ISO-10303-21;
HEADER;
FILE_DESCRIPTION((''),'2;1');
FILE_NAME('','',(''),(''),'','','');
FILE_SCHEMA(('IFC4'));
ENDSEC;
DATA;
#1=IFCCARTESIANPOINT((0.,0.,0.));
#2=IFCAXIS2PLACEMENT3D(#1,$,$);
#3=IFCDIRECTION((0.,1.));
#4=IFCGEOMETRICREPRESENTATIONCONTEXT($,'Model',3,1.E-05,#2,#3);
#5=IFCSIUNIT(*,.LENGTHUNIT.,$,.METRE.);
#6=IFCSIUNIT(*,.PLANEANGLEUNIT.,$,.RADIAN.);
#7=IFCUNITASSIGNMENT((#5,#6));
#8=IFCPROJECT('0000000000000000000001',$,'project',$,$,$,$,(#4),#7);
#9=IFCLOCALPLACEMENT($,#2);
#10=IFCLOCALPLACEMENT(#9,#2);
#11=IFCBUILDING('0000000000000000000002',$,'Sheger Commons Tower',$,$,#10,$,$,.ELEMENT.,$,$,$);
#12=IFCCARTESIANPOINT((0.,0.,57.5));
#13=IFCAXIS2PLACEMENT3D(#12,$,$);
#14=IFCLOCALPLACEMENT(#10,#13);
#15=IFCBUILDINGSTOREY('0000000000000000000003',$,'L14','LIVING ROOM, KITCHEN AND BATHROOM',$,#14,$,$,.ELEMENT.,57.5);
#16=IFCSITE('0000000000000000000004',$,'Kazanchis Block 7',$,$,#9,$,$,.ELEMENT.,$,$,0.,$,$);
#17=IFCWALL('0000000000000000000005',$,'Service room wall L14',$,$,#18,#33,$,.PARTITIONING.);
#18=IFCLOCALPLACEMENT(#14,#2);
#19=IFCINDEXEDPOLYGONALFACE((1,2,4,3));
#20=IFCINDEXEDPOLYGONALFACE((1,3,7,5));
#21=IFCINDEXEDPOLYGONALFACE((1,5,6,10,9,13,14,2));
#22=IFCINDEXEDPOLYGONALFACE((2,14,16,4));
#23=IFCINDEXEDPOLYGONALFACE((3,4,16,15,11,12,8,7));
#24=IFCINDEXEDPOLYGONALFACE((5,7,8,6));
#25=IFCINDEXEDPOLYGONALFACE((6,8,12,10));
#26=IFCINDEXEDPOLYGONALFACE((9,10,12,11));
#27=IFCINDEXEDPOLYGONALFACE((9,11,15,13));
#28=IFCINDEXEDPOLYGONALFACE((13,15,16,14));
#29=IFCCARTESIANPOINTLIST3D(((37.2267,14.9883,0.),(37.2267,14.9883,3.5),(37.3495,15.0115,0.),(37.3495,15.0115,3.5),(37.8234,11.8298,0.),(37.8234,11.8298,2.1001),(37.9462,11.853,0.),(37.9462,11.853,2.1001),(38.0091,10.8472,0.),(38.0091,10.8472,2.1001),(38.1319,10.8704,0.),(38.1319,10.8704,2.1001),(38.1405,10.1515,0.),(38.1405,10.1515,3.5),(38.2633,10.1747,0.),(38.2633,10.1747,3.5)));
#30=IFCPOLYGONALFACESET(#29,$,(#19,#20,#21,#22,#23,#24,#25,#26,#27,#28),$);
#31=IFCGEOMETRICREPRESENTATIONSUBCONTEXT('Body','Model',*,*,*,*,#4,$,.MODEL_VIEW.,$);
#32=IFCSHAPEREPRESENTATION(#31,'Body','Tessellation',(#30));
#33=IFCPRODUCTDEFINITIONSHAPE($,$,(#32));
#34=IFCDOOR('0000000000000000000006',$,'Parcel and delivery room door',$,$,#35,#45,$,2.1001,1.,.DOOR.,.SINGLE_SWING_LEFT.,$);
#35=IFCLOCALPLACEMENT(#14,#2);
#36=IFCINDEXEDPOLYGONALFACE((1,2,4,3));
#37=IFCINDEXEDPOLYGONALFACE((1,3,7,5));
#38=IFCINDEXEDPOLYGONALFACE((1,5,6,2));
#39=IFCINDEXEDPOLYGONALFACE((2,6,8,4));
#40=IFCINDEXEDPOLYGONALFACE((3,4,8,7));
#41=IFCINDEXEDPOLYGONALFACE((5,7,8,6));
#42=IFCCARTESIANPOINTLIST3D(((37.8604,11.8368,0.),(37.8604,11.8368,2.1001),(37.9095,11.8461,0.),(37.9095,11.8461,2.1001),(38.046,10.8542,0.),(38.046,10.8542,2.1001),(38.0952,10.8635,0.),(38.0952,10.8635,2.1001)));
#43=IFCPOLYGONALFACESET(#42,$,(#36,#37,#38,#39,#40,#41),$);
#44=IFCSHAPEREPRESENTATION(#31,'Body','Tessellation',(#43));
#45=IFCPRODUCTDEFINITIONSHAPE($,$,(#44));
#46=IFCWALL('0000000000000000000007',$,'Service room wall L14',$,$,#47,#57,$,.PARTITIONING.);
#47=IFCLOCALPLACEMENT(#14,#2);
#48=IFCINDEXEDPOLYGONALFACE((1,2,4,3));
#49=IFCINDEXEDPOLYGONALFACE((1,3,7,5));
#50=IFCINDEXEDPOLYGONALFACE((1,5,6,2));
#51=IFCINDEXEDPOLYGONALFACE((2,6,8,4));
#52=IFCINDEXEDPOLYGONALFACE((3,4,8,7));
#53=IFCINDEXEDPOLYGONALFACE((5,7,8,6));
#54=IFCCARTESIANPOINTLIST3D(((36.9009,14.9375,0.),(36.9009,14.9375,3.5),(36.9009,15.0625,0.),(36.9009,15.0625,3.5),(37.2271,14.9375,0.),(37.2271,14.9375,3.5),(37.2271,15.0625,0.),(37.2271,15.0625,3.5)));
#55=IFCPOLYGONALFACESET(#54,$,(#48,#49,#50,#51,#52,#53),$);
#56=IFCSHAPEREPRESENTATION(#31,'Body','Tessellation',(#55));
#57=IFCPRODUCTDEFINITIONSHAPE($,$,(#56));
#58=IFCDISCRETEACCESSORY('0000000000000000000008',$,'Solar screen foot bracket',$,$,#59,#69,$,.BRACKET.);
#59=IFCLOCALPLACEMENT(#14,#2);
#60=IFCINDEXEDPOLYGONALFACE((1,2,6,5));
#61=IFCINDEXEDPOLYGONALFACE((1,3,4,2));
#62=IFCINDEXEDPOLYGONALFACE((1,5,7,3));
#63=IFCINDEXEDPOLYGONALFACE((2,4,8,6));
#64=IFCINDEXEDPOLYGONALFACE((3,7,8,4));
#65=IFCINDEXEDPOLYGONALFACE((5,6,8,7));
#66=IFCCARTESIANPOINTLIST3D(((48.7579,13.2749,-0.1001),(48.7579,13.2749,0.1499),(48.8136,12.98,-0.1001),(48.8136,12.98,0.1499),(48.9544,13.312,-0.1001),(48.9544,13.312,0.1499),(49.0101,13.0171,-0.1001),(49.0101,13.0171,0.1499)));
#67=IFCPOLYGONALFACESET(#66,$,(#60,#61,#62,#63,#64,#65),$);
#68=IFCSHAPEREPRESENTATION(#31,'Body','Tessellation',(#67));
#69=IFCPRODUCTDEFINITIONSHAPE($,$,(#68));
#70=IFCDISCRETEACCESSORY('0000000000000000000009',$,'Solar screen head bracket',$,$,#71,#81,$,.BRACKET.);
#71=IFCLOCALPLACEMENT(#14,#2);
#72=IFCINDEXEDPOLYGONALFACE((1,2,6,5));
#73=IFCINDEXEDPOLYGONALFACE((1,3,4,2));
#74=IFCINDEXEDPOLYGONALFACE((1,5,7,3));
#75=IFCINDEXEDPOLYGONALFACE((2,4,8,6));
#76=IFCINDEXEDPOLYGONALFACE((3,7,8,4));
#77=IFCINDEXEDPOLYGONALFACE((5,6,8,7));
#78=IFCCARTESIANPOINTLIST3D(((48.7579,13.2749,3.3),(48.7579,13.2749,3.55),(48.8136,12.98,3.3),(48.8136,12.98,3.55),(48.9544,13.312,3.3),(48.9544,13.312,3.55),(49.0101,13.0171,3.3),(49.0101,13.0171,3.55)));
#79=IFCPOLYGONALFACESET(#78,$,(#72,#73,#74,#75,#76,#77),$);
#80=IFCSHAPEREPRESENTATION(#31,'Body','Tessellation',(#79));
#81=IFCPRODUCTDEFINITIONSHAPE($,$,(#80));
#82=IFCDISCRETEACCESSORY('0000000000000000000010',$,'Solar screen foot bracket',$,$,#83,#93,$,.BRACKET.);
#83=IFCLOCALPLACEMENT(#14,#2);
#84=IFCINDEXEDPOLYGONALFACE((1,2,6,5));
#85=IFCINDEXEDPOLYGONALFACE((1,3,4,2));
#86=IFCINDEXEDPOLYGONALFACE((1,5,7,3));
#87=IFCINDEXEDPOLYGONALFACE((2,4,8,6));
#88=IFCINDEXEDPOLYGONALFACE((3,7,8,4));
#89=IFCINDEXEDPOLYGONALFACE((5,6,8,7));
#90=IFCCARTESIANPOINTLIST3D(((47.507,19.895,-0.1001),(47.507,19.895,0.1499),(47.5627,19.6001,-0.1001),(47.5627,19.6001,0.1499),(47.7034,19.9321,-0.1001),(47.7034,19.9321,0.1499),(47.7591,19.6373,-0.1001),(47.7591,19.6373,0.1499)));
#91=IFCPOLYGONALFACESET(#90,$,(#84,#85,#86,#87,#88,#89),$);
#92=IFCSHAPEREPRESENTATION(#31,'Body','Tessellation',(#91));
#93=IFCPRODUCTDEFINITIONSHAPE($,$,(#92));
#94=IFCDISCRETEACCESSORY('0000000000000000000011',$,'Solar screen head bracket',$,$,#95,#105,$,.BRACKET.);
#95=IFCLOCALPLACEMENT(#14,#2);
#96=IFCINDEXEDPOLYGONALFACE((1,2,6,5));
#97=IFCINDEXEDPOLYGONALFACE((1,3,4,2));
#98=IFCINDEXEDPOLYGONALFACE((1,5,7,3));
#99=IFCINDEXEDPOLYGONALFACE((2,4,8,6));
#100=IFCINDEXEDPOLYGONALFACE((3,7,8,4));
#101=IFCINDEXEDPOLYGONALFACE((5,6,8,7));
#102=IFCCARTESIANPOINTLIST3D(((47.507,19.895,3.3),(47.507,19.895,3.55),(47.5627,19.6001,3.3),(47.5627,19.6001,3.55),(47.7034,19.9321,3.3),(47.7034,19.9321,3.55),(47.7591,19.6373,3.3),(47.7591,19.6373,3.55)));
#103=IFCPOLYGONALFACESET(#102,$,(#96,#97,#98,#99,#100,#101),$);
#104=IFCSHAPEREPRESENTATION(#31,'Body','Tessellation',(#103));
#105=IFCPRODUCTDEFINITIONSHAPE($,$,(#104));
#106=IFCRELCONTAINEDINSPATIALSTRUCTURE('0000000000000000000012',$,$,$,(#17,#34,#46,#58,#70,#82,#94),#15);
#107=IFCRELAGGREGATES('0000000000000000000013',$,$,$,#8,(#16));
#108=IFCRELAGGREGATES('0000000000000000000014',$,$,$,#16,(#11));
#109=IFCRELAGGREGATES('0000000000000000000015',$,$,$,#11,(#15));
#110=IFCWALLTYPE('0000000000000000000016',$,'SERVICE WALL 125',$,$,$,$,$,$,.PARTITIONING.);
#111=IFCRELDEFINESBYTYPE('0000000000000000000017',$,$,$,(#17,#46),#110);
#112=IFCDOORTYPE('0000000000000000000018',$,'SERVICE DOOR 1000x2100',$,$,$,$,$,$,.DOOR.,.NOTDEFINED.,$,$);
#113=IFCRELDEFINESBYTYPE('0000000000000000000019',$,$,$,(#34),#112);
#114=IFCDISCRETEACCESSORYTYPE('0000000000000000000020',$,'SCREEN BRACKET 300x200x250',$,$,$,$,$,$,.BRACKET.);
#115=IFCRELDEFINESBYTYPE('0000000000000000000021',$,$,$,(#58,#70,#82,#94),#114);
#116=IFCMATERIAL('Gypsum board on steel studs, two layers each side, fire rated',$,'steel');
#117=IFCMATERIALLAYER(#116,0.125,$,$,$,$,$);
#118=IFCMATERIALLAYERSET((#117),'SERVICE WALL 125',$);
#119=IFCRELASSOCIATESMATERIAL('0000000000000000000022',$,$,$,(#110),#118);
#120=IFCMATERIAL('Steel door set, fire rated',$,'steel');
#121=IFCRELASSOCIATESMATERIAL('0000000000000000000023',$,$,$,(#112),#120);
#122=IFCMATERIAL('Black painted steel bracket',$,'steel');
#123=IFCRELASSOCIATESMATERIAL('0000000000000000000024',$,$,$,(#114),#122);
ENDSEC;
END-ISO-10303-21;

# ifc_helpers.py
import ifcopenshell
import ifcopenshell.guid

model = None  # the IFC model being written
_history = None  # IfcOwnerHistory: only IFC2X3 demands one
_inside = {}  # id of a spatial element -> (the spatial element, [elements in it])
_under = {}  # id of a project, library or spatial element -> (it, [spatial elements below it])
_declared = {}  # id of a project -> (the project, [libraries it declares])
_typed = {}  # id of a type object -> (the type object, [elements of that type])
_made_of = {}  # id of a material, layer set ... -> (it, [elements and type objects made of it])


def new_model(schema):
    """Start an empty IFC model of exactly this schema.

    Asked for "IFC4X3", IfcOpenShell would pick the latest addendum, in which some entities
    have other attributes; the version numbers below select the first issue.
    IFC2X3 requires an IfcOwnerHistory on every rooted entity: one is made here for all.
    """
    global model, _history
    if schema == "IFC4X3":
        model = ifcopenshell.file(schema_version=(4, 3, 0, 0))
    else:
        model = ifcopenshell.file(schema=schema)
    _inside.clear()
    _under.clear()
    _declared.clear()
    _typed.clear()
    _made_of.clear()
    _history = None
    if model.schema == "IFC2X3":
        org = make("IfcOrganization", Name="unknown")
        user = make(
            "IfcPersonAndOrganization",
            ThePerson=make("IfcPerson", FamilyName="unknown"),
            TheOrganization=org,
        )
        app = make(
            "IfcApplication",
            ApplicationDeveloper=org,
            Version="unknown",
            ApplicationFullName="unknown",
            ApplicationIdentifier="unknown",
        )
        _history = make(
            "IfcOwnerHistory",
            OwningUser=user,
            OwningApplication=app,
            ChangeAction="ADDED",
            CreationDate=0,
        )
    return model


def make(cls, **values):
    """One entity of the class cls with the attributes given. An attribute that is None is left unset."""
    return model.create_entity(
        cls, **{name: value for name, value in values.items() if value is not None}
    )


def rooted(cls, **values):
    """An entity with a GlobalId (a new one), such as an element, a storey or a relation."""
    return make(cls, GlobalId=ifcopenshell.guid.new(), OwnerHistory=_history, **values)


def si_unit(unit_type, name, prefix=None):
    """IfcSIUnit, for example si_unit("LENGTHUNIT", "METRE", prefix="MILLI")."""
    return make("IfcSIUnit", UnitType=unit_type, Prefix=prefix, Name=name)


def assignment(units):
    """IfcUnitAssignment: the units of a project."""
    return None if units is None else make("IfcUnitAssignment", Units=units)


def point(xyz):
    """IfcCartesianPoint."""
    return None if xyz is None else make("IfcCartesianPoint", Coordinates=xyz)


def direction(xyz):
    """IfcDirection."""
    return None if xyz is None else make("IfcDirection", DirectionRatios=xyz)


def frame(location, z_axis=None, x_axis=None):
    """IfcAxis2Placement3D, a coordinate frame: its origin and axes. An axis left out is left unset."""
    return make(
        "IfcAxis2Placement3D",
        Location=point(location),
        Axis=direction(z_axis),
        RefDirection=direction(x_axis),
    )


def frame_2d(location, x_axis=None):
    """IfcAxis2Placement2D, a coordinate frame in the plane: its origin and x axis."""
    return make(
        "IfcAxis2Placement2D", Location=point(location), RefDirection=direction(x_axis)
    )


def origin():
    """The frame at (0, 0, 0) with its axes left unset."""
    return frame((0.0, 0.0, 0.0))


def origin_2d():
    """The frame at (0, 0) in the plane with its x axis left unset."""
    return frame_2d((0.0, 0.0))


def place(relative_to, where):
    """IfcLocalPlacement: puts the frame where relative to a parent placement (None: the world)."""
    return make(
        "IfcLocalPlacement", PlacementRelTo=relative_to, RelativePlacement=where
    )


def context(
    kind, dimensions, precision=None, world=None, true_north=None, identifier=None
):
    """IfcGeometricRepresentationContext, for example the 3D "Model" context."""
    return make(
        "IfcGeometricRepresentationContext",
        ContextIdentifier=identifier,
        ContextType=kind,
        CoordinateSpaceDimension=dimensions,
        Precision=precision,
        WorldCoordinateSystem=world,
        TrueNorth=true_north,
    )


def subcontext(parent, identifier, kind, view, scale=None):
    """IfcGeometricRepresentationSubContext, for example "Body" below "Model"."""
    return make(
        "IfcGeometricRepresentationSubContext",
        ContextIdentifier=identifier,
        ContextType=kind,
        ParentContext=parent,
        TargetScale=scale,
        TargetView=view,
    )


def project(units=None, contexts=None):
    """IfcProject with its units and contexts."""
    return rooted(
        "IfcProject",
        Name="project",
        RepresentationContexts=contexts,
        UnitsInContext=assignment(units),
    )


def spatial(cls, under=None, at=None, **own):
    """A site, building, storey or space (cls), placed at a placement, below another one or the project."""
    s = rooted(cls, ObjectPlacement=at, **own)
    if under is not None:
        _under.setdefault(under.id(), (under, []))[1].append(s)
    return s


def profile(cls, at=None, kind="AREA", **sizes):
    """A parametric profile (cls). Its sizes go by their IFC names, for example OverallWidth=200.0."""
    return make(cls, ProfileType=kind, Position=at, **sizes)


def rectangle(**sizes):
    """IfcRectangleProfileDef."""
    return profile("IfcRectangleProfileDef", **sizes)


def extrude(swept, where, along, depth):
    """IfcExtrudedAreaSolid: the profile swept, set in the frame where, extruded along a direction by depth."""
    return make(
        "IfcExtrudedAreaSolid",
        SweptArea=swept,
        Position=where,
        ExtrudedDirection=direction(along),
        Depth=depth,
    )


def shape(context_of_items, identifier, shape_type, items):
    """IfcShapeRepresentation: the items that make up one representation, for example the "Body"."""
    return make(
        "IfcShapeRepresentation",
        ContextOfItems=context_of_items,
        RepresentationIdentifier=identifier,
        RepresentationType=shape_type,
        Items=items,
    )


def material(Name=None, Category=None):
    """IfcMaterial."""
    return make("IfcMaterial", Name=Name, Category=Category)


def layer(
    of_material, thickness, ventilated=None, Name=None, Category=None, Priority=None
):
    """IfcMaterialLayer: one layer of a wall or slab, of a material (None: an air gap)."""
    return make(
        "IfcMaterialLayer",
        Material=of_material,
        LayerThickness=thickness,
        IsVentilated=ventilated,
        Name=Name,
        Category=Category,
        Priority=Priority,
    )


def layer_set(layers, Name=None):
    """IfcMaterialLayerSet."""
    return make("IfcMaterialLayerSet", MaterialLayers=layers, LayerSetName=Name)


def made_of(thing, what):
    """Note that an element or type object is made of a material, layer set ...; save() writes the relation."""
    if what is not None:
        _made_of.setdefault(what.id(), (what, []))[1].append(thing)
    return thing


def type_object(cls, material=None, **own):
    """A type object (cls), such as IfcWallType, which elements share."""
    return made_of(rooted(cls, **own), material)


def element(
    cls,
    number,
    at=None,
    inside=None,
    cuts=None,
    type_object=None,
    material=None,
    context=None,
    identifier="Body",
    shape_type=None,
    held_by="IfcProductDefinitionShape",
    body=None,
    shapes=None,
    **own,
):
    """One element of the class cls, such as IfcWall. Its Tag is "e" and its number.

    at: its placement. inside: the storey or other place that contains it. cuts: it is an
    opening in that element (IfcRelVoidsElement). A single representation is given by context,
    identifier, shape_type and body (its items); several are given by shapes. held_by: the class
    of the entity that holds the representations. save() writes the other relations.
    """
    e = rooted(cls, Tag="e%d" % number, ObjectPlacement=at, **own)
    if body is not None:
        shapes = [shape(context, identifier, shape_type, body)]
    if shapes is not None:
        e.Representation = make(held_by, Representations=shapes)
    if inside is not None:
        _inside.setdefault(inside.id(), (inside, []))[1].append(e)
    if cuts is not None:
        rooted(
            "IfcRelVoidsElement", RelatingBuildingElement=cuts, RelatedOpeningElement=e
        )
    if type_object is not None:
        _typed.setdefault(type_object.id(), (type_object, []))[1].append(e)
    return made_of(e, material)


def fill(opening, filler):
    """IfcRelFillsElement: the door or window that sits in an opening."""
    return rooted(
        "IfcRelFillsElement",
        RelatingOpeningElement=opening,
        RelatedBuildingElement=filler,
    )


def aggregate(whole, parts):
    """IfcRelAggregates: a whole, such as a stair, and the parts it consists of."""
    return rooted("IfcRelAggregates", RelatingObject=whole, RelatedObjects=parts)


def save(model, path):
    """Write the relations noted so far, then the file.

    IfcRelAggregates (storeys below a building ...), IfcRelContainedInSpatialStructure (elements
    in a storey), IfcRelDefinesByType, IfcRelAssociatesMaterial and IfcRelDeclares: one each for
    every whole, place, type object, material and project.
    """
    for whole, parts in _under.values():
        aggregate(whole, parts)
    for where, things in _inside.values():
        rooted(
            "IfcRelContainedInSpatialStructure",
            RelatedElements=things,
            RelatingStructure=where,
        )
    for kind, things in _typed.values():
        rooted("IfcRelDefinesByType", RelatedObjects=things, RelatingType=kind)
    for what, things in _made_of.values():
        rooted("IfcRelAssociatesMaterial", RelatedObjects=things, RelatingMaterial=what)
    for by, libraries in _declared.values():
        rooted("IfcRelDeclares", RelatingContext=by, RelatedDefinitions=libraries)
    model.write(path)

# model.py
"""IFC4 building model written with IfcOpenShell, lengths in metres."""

from ifc_helpers import new_model, si_unit, direction, frame, frame_2d, origin, origin_2d, place, context, subcontext, project, spatial, rectangle, extrude, material, layer, layer_set, type_object, element, fill, save


model = new_model("IFC4")

# Units and contexts
model_context = context("Model", 3, precision=1e-05, world=origin(), true_north=direction((0.0, 1.0)))
body_context = subcontext(model_context, "Body", "Model", "MODEL_VIEW")
ifc_project = project(units=[si_unit("LENGTHUNIT", "METRE"), si_unit("PLANEANGLEUNIT", "RADIAN")], contexts=[model_context])

# Site, building, storey
site_placement = place(None, origin())
site = spatial("IfcSite", under=ifc_project, at=site_placement, Name="Kazanchis Block 7", CompositionType="ELEMENT", RefElevation=0.0)
building_placement = place(site_placement, origin())
building = spatial("IfcBuilding", under=site, at=building_placement, Name="Sheger Commons Tower", CompositionType="ELEMENT")
storey_placement = place(building_placement, frame((0.0, 0.0, 57.5)))
storey = spatial("IfcBuildingStorey", under=building, at=storey_placement, Name="L14", Description="LIVING ROOM, KITCHEN AND BATHROOM", CompositionType="ELEMENT", Elevation=57.5)

# Wall, opening, door
ifc_material_1 = material(Name="Gypsum board on steel studs, two layers each side, fire rated", Category="steel")
ifc_layer_1 = layer(ifc_material_1, 0.125)
ifc_layer_set_1 = layer_set([ifc_layer_1], Name="SERVICE WALL 125")
wall_type_1 = type_object("IfcWallType", Name="SERVICE WALL 125", PredefinedType="PARTITIONING", material=ifc_layer_set_1)
wall_1_placement = place(storey_placement, frame((38.2019, 10.1631, 0.0), z_axis=(0.0, 0.0, 1.0), x_axis=(-0.185642, 0.982617, 0.0)))
wall_1 = element("IfcWall", 1, at=wall_1_placement, inside=storey, type_object=wall_type_1, Name="Service room wall L14", PredefinedType="PARTITIONING", context=body_context, shape_type="SweptSolid", body=[
    extrude(rectangle(XDim=4.9224, YDim=0.125, at=frame_2d((2.4612, 0.0))), origin(), (0.0, 0.0, 1.0), 3.5),
])
opening_1_placement = place(wall_1_placement, frame((0.708, 0.0, 0.0)))
opening_1 = element("IfcOpeningElement", 2, at=opening_1_placement, cuts=wall_1, PredefinedType="OPENING", context=body_context, shape_type="SweptSolid", body=[
    extrude(rectangle(XDim=1.0, YDim=2.1001, at=frame_2d((0.5, 1.05))), frame((0.0, 0.0725, 0.0), z_axis=(0.0, -1.0, 0.0), x_axis=(1.0, 0.0, 0.0)), (0.0, 0.0, 1.0), 0.145),
])
ifc_material_2 = material(Name="Steel door set, fire rated", Category="steel")
door_type_1 = type_object("IfcDoorType", Name="SERVICE DOOR 1000x2100", OperationType="NOTDEFINED", PredefinedType="DOOR", material=ifc_material_2)
door_1_placement = place(opening_1_placement, origin())
door_1 = element("IfcDoor", 3, at=door_1_placement, inside=storey, type_object=door_type_1, Name="Parcel and delivery room door", OperationType="SINGLE_SWING_LEFT", OverallHeight=2.1001, OverallWidth=1.0, PredefinedType="DOOR", context=body_context, shape_type="SweptSolid", body=[
    extrude(rectangle(XDim=1.0, YDim=2.1001, at=frame_2d((0.5, 1.05))), frame((0.0, 0.0249, 0.0), z_axis=(0.0, -1.0, 0.0), x_axis=(1.0, 0.0, 0.0)), (0.0, 0.0, 1.0), 0.05),
])
fill(opening_1, door_1)

# Wall
wall_2_placement = place(storey_placement, frame((36.9009, 15.0, 0.0), z_axis=(0.0, 0.0, 1.0), x_axis=(1.0, 0.0, 0.0)))
element("IfcWall", 4, at=wall_2_placement, inside=storey, type_object=wall_type_1, Name="Service room wall L14", PredefinedType="PARTITIONING", context=body_context, shape_type="SweptSolid", body=[
    extrude(rectangle(XDim=0.3262, YDim=0.125, at=frame_2d((0.1631, 0.0))), origin(), (0.0, 0.0, 1.0), 3.5),
])

# Discrete accessories
ifc_material_3 = material(Name="Black painted steel bracket", Category="steel")
discrete_accessory_type = type_object("IfcDiscreteAccessoryType", Name="SCREEN BRACKET 300x200x250", PredefinedType="BRACKET", material=ifc_material_3)
for number, where, z_axis, x_axis, name in (
    (5, (48.884, 13.146, -0.1001), (0.0, 0.0, 1.0), (-0.185615, 0.982623, 0.0), "Solar screen foot bracket"),
    (6, (48.884, 13.146, 3.3), (0.0, 0.0, 1.0), (-0.185615, 0.982623, 0.0), "Solar screen head bracket"),
    (7, (47.6331, 19.7661, -0.1001), (0.0, 0.0, 1.0), (-0.185615, 0.982623, 0.0), "Solar screen foot bracket"),
    (8, (47.6331, 19.7661, 3.3), (0.0, 0.0, 1.0), (-0.185615, 0.982623, 0.0), "Solar screen head bracket"),
):
    element("IfcDiscreteAccessory", number, at=place(storey_placement, frame(where, z_axis=z_axis, x_axis=x_axis)), inside=storey, type_object=discrete_accessory_type, Name=name, PredefinedType="BRACKET", context=body_context, shape_type="SweptSolid", body=[
        extrude(rectangle(XDim=0.3, YDim=0.2, at=origin_2d()), origin(), (0.0, 0.0, 1.0), 0.25),
    ])

save(model, "model.ifc")
